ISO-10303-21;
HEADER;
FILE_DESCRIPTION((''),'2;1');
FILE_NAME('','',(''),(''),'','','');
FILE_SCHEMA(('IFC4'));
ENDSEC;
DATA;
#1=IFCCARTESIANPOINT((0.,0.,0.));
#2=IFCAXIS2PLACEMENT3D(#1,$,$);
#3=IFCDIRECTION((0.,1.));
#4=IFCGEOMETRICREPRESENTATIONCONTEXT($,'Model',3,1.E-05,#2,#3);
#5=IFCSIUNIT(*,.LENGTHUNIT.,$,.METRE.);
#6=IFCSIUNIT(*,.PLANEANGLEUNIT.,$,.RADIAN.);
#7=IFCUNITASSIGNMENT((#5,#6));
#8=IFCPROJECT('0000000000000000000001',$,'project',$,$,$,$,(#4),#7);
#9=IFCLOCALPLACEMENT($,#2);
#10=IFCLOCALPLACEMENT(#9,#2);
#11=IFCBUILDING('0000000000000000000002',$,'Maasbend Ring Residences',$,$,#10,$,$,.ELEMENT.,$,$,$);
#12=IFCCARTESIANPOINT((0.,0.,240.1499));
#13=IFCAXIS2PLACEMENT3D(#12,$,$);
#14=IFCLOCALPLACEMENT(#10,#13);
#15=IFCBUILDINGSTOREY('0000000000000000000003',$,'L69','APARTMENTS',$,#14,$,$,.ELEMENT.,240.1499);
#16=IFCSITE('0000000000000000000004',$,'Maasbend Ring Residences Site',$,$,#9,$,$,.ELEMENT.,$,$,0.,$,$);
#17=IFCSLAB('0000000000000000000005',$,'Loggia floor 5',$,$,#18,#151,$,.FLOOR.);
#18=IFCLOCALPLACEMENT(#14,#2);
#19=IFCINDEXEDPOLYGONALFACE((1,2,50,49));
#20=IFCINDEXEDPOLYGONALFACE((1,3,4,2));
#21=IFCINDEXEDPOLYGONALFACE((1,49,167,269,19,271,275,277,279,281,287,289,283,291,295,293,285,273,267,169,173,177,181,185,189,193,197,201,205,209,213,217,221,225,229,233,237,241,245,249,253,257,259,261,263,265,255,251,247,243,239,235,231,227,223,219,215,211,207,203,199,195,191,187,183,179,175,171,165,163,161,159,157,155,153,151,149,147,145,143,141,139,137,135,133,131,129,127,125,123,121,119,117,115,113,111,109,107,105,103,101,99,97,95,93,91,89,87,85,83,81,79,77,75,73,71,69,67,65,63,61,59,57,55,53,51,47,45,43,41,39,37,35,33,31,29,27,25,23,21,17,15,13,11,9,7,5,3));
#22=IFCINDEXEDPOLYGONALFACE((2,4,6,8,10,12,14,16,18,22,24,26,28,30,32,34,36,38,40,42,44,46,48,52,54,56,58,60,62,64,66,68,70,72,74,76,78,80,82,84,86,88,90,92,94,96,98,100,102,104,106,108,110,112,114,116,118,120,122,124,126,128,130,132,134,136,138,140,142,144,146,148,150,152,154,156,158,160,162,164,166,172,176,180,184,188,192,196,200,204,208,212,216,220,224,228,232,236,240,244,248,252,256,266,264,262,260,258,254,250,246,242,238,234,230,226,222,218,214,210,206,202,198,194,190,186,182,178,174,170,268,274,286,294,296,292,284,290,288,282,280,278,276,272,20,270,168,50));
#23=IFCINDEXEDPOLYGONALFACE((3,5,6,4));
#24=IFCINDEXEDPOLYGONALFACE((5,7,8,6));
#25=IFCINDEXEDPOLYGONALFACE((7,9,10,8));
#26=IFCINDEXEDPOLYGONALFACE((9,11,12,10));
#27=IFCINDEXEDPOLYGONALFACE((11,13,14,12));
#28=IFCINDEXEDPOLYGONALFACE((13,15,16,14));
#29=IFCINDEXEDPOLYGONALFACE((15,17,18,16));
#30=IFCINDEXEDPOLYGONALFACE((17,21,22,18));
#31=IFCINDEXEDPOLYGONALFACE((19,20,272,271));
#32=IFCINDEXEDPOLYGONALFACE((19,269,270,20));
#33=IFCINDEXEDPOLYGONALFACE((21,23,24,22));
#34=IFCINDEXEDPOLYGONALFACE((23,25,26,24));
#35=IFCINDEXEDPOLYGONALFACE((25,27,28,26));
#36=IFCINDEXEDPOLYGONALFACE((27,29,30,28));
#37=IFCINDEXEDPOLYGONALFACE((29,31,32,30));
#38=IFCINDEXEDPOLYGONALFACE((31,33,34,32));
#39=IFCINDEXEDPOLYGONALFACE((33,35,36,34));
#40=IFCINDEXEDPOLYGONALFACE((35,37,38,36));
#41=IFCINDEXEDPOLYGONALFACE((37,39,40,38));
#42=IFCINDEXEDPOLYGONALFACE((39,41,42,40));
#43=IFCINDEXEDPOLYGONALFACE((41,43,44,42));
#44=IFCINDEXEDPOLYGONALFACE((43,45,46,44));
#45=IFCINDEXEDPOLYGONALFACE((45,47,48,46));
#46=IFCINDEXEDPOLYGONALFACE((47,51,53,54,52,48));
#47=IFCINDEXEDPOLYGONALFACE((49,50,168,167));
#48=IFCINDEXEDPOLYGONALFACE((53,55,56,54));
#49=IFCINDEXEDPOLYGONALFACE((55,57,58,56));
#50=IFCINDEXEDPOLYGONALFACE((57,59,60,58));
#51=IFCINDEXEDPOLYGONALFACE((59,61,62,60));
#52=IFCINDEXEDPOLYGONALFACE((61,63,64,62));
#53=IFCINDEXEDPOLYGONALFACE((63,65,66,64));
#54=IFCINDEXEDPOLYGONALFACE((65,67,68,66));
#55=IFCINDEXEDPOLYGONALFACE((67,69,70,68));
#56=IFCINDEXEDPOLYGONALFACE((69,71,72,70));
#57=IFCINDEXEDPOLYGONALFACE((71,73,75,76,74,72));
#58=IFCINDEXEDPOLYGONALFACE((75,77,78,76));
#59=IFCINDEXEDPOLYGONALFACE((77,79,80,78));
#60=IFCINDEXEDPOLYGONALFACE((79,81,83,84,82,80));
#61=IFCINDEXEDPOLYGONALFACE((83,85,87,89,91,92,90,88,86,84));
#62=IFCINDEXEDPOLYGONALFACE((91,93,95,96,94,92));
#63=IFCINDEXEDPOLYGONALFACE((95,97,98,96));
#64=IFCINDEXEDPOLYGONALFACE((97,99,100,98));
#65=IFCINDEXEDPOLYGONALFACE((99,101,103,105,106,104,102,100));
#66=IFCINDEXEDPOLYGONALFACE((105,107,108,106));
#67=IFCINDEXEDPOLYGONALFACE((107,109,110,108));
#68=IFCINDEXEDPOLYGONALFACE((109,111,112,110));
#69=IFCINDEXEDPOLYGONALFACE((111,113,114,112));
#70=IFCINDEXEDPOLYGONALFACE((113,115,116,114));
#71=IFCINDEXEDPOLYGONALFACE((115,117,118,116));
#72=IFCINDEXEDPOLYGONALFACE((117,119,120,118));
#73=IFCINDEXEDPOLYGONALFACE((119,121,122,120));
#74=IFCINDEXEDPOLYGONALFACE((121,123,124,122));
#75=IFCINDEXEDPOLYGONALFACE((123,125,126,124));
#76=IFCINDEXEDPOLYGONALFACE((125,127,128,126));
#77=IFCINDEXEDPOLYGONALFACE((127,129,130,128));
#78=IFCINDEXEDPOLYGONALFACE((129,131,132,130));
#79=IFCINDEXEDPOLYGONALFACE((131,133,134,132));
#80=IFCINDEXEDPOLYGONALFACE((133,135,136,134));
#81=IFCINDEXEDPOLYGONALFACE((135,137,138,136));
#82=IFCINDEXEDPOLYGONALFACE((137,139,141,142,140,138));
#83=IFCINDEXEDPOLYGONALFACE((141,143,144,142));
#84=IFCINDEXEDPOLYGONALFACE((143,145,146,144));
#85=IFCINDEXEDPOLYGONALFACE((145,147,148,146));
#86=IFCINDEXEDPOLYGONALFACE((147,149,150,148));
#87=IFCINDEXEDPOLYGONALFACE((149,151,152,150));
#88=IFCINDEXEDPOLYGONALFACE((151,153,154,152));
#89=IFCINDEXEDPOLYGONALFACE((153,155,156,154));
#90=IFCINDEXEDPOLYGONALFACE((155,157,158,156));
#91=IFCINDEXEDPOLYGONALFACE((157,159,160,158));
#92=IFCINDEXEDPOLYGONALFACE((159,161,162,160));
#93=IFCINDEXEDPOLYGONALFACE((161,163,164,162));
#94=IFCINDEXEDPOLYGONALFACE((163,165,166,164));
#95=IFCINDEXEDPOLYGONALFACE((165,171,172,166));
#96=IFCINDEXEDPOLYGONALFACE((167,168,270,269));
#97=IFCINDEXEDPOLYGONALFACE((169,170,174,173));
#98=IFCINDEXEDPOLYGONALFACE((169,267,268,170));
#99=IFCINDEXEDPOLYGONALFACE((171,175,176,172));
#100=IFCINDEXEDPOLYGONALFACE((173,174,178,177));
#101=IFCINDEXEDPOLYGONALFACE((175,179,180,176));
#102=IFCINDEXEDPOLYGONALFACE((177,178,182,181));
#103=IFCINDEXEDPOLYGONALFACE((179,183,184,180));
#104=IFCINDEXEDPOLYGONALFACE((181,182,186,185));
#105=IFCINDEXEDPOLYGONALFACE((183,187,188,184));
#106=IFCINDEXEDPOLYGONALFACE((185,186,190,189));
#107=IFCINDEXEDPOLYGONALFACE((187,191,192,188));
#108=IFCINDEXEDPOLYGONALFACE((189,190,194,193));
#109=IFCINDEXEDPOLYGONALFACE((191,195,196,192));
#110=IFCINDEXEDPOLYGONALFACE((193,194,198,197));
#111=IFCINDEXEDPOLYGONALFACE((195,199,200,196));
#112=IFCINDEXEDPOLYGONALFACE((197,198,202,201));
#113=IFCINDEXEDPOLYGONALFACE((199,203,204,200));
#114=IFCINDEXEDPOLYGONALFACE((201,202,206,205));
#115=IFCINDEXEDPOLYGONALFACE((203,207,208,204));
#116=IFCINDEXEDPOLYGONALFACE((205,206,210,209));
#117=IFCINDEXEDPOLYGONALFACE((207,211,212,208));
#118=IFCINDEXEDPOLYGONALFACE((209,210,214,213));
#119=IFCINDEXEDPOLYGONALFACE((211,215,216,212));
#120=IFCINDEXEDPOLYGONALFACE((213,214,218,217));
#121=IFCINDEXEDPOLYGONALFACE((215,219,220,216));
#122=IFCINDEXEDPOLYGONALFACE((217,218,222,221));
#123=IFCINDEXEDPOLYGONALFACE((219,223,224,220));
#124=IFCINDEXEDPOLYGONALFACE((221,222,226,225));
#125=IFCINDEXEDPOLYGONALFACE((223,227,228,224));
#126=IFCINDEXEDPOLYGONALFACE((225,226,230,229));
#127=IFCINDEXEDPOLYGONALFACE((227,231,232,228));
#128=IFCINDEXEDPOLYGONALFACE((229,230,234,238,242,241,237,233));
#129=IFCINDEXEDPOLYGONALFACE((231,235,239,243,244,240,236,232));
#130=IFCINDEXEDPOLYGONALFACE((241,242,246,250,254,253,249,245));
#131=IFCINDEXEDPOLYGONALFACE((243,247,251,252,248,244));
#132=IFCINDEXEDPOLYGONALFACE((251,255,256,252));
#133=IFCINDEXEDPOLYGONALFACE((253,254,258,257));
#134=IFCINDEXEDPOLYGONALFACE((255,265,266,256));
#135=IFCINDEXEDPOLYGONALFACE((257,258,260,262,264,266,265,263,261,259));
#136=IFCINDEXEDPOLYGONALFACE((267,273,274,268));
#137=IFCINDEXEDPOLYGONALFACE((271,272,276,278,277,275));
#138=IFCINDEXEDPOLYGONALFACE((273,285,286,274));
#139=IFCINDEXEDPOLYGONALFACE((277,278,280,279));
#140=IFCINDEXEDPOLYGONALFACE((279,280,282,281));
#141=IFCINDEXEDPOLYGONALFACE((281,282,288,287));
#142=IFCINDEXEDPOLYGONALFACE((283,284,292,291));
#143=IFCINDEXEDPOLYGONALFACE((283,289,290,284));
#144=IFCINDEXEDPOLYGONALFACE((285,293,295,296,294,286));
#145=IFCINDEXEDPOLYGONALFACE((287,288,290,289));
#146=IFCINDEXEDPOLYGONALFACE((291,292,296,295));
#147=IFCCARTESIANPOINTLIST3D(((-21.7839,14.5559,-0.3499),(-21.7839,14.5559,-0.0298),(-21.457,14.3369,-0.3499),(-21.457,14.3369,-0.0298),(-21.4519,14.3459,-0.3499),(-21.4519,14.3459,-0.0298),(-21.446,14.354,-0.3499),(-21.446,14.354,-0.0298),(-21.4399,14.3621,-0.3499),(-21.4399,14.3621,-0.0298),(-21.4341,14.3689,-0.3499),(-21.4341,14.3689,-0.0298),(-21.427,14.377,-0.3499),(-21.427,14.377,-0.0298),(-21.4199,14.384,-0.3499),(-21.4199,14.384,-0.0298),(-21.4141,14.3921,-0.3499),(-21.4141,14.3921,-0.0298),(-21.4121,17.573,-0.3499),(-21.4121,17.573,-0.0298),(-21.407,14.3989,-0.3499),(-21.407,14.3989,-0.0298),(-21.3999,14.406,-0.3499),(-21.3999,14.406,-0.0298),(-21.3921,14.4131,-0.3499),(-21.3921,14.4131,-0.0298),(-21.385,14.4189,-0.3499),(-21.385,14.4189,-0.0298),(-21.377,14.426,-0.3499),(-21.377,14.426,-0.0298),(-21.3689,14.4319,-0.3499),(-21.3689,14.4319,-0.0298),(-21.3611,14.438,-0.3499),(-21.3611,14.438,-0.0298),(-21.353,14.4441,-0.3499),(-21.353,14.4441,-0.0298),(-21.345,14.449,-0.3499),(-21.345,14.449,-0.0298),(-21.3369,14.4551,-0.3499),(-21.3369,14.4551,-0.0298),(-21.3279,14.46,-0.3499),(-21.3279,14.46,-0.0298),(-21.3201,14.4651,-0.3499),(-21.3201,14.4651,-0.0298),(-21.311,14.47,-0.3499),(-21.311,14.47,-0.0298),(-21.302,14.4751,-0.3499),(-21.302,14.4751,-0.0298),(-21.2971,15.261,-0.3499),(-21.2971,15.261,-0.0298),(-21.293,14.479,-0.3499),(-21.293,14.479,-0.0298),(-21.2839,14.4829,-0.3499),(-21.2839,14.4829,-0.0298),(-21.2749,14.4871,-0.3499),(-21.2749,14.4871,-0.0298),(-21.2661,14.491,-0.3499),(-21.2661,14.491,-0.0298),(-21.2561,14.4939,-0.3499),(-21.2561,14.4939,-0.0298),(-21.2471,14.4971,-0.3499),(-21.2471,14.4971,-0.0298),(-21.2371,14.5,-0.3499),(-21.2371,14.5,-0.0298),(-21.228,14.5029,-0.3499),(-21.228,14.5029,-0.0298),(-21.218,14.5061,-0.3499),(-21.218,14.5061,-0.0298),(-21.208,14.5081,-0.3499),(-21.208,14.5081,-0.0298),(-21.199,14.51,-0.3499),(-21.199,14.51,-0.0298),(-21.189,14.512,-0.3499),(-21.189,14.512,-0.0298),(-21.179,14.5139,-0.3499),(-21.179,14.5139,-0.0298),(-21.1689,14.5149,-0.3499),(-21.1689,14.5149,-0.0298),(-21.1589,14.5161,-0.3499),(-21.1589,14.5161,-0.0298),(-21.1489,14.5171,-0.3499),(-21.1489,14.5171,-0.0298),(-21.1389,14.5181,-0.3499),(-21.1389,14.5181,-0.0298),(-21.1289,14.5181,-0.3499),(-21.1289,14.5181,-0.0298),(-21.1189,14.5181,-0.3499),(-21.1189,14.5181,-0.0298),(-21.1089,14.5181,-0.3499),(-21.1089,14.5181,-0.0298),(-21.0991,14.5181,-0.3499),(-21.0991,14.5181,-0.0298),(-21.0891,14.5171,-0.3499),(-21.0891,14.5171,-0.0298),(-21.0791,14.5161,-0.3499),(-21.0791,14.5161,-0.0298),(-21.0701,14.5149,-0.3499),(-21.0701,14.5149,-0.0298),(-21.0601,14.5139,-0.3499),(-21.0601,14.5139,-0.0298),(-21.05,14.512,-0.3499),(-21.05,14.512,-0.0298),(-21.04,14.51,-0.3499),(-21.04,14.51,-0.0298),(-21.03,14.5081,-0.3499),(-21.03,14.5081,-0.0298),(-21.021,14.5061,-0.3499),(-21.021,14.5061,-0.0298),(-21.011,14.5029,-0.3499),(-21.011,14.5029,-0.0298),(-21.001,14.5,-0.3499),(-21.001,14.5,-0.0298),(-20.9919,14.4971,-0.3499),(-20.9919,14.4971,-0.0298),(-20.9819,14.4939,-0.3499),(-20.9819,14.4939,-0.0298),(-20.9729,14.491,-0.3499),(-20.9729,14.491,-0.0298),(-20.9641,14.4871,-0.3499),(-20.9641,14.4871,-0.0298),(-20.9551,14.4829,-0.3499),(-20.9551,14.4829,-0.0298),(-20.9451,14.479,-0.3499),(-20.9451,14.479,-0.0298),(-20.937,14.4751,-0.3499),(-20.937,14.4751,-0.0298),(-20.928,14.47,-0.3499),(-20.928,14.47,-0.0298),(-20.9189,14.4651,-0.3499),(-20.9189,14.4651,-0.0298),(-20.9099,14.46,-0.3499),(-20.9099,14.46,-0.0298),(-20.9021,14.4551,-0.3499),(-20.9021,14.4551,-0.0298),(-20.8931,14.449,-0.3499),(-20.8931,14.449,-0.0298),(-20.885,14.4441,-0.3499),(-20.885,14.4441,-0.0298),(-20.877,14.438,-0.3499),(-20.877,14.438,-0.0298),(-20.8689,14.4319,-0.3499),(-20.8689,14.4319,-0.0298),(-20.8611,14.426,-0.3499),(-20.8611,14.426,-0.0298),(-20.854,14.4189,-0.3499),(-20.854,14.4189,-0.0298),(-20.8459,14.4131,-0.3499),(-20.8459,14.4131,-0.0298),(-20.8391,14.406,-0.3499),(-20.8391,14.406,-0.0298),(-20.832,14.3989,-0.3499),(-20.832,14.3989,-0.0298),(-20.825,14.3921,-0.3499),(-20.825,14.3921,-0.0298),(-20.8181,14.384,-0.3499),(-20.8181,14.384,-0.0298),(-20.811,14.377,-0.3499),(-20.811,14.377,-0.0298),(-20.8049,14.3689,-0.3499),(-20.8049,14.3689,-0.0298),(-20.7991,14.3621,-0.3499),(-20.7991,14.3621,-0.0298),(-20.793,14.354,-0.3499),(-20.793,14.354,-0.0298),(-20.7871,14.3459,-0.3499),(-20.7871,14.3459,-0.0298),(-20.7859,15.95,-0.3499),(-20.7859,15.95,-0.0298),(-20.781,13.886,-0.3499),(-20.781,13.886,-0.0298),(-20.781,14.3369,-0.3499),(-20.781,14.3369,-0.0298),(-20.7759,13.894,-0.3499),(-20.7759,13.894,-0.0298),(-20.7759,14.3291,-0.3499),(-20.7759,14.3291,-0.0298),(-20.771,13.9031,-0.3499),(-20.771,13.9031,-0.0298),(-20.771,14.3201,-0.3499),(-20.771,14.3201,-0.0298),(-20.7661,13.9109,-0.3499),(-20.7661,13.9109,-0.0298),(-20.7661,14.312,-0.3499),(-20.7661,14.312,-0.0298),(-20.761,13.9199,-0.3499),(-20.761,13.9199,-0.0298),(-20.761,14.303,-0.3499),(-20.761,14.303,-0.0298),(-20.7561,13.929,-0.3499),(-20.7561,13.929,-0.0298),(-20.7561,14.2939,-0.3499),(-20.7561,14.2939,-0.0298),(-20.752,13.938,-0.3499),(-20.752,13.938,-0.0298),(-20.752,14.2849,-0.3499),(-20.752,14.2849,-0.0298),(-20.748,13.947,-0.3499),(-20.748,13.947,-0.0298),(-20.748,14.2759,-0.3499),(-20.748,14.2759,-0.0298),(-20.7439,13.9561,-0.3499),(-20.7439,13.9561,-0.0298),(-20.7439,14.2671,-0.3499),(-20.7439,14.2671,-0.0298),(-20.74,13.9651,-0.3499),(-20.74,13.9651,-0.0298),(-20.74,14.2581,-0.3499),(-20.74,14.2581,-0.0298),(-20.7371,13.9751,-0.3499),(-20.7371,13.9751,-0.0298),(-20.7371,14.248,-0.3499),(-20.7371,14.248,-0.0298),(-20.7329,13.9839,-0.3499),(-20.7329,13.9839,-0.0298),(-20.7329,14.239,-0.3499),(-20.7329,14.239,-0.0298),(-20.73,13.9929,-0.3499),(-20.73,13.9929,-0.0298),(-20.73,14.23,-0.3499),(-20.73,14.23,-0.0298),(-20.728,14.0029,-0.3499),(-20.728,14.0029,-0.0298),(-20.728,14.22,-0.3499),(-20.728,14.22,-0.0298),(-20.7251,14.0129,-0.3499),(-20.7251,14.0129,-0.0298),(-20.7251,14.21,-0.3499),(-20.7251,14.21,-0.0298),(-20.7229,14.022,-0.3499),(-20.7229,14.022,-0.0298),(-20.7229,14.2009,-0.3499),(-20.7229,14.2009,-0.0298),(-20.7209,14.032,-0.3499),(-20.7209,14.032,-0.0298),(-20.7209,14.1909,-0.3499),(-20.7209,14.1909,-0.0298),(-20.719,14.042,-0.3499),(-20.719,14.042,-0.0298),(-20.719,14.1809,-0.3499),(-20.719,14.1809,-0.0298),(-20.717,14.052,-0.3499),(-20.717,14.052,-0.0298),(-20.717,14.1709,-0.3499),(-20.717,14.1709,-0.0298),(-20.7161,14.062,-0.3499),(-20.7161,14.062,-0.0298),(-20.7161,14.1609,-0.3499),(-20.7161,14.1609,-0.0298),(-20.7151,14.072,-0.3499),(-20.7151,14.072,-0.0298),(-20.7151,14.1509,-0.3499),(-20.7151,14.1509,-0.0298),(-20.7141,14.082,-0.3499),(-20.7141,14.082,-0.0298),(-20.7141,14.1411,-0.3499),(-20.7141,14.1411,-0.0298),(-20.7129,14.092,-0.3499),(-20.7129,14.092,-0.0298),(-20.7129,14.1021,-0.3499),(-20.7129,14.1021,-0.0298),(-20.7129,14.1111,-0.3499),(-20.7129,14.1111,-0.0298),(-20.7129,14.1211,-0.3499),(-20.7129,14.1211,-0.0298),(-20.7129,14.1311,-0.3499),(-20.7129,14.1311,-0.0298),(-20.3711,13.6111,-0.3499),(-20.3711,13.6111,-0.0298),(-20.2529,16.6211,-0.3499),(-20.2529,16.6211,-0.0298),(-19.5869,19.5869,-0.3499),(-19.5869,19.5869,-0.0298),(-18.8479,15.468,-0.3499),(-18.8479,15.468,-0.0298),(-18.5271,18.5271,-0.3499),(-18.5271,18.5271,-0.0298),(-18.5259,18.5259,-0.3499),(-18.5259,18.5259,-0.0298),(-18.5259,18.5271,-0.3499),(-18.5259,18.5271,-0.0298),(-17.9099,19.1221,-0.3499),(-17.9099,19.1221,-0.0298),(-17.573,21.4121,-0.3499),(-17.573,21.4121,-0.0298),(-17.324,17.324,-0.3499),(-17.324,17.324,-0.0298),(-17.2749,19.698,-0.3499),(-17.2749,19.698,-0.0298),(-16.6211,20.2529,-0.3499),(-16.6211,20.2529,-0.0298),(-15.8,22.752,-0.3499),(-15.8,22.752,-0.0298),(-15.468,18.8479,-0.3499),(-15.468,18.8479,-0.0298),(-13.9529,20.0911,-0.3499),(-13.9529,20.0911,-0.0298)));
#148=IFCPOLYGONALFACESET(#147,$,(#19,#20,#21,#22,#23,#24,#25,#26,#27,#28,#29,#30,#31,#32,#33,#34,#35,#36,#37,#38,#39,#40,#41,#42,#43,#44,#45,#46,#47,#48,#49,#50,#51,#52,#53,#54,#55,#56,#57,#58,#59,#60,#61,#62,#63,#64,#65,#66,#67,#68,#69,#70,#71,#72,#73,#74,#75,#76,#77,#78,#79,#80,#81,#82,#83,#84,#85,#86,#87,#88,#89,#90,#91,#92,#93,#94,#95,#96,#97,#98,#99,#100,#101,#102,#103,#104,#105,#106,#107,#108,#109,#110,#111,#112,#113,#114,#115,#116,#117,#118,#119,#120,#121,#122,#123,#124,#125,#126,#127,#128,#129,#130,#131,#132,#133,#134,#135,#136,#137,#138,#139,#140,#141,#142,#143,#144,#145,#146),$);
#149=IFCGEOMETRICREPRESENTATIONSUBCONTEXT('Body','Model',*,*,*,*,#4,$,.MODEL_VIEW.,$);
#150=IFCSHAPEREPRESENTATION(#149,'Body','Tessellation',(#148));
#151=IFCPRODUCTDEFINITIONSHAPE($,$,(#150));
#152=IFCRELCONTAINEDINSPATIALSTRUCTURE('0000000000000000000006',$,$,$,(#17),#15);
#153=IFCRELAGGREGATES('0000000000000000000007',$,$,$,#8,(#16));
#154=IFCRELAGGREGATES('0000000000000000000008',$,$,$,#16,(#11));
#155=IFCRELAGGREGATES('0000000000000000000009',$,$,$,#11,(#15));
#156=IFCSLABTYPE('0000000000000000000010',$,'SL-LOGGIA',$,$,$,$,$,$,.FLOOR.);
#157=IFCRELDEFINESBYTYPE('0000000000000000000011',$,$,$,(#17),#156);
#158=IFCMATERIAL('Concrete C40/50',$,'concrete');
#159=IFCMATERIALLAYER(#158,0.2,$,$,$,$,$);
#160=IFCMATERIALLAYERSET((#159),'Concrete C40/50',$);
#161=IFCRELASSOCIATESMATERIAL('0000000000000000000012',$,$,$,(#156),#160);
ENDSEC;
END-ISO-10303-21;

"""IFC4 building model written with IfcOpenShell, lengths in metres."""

from ifc_helpers import new_model, si_unit, direction, frame, origin, place, context, subcontext, project, spatial, polyline, outline, extrude, material, layer, layer_set, type_object, element, save


model = new_model("IFC4")

# Units and contexts
model_context = context("Model", 3, precision=1e-05, world=origin(), true_north=direction((0.0, 1.0)))
body_context = subcontext(model_context, "Body", "Model", "MODEL_VIEW")
ifc_project = project(units=[si_unit("LENGTHUNIT", "METRE"), si_unit("PLANEANGLEUNIT", "RADIAN")], contexts=[model_context])

# Site, building, storey
site_placement = place(None, origin())
site = spatial("IfcSite", under=ifc_project, at=site_placement, Name="Maasbend Ring Residences Site", CompositionType="ELEMENT", RefElevation=0.0)
building_placement = place(site_placement, origin())
building = spatial("IfcBuilding", under=site, at=building_placement, Name="Maasbend Ring Residences", CompositionType="ELEMENT")
storey_placement = place(building_placement, frame((0.0, 0.0, 240.1499)))
storey = spatial("IfcBuildingStorey", under=building, at=storey_placement, Name="L69", Description="APARTMENTS", CompositionType="ELEMENT", Elevation=240.1499)

# Slab
ifc_material_1 = material(Name="Concrete C40/50", Category="concrete")
ifc_layer_1 = layer(ifc_material_1, 0.2)
ifc_layer_set_1 = layer_set([ifc_layer_1], Name="Concrete C40/50")
slab_type_1 = type_object("IfcSlabType", Name="SL-LOGGIA", PredefinedType="FLOOR", material=ifc_layer_set_1)
slab_1_placement = place(storey_placement, frame((0.0, 0.0, -0.3499)))
element("IfcSlab", 1, at=slab_1_placement, inside=storey, type_object=slab_type_1, Name="Loggia floor 5", PredefinedType="FLOOR", context=body_context, shape_type="SweptSolid", body=[
    extrude(outline(polyline([(-20.7859, 15.95), (-20.2529, 16.6211), (-20.2529, 16.6211), (-20.2529, 16.6211), (-20.2529, 16.6211), (-20.2529, 16.6211), (-20.2529, 16.6211), (-20.2529, 16.6211), (-20.2529, 16.6211), (-20.2529, 16.6211), (-20.2529, 16.6211), (-20.2529, 16.6211), (-20.2529, 16.6211), (-20.2529, 16.6211), (-20.2529, 16.6211), (-20.2529, 16.6211), (-20.2529, 16.6211), (-20.2529, 16.6211), (-21.4121, 17.573), (-19.5869, 19.5869), (-18.5271, 18.5271), (-18.5271, 18.5271), (-18.5259, 18.5259), (-18.5259, 18.5259), (-18.5259, 18.5259), (-18.5259, 18.5259), (-18.5259, 18.5259), (-18.5259, 18.5259), (-18.5259, 18.5259), (-18.5259, 18.5259), (-18.5259, 18.5259), (-18.5259, 18.5259), (-18.5259, 18.5259), (-18.5259, 18.5259), (-18.5259, 18.5259), (-18.5259, 18.5271), (-18.5259, 18.5271), (-17.9099, 19.1221), (-17.2749, 19.698), (-16.6211, 20.2529), (-16.6211, 20.2529), (-16.6211, 20.2529), (-16.6211, 20.2529), (-16.6211, 20.2529), (-16.6211, 20.2529), (-16.6211, 20.2529), (-16.6211, 20.2529), (-16.6211, 20.2529), (-16.6211, 20.2529), (-16.6211, 20.2529), (-16.6211, 20.2529), (-16.6211, 20.2529), (-16.6211, 20.2529), (-16.6211, 20.2529), (-16.6211, 20.2529), (-16.6211, 20.2529), (-17.573, 21.4121), (-15.8, 22.752), (-13.9529, 20.0911), (-15.468, 18.8479), (-17.324, 17.324), (-17.324, 17.324), (-17.324, 17.324), (-18.8479, 15.468), (-20.3711, 13.6111), (-20.781, 13.886), (-20.7759, 13.894), (-20.771, 13.9031), (-20.7661, 13.9109), (-20.761, 13.9199), (-20.7561, 13.929), (-20.752, 13.938), (-20.748, 13.947), (-20.7439, 13.9561), (-20.74, 13.9651), (-20.7371, 13.9751), (-20.7329, 13.9839), (-20.73, 13.9929), (-20.728, 14.0029), (-20.7251, 14.0129), (-20.7229, 14.022), (-20.7209, 14.032), (-20.719, 14.042), (-20.717, 14.052), (-20.7161, 14.062), (-20.7151, 14.072), (-20.7141, 14.082), (-20.7129, 14.092), (-20.7129, 14.1021), (-20.7129, 14.1111), (-20.7129, 14.1211), (-20.7129, 14.1311), (-20.7141, 14.1411), (-20.7151, 14.1509), (-20.7161, 14.1609), (-20.717, 14.1709), (-20.719, 14.1809), (-20.7209, 14.1909), (-20.7229, 14.2009), (-20.7251, 14.21), (-20.728, 14.22), (-20.73, 14.23), (-20.7329, 14.239), (-20.7371, 14.248), (-20.74, 14.2581), (-20.7439, 14.2671), (-20.748, 14.2759), (-20.752, 14.2849), (-20.7561, 14.2939), (-20.761, 14.303), (-20.7661, 14.312), (-20.771, 14.3201), (-20.7759, 14.3291), (-20.781, 14.3369), (-20.7871, 14.3459), (-20.793, 14.354), (-20.7991, 14.3621), (-20.8049, 14.3689), (-20.811, 14.377), (-20.8181, 14.384), (-20.825, 14.3921), (-20.832, 14.3989), (-20.8391, 14.406), (-20.8459, 14.4131), (-20.854, 14.4189), (-20.8611, 14.426), (-20.8689, 14.4319), (-20.877, 14.438), (-20.885, 14.4441), (-20.8931, 14.449), (-20.9021, 14.4551), (-20.9099, 14.46), (-20.9189, 14.4651), (-20.928, 14.47), (-20.937, 14.4751), (-20.9451, 14.479), (-20.9551, 14.4829), (-20.9641, 14.4871), (-20.9729, 14.491), (-20.9819, 14.4939), (-20.9919, 14.4971), (-21.001, 14.5), (-21.011, 14.5029), (-21.021, 14.5061), (-21.03, 14.5081), (-21.04, 14.51), (-21.05, 14.512), (-21.0601, 14.5139), (-21.0701, 14.5149), (-21.0791, 14.5161), (-21.0891, 14.5171), (-21.0991, 14.5181), (-21.1089, 14.5181), (-21.1189, 14.5181), (-21.1289, 14.5181), (-21.1389, 14.5181), (-21.1489, 14.5171), (-21.1589, 14.5161), (-21.1689, 14.5149), (-21.179, 14.5139), (-21.189, 14.512), (-21.199, 14.51), (-21.208, 14.5081), (-21.218, 14.5061), (-21.228, 14.5029), (-21.2371, 14.5), (-21.2471, 14.4971), (-21.2561, 14.4939), (-21.2661, 14.491), (-21.2749, 14.4871), (-21.2839, 14.4829), (-21.293, 14.479), (-21.302, 14.4751), (-21.311, 14.47), (-21.3201, 14.4651), (-21.3279, 14.46), (-21.3369, 14.4551), (-21.345, 14.449), (-21.353, 14.4441), (-21.3611, 14.438), (-21.3689, 14.4319), (-21.377, 14.426), (-21.385, 14.4189), (-21.3921, 14.4131), (-21.3999, 14.406), (-21.407, 14.3989), (-21.4141, 14.3921), (-21.4199, 14.384), (-21.427, 14.377), (-21.4341, 14.3689), (-21.4399, 14.3621), (-21.446, 14.354), (-21.4519, 14.3459), (-21.457, 14.3369), (-21.7839, 14.5559), (-21.2971, 15.261), (-20.7859, 15.95)])), origin(), (0.0, 0.0, 1.0), 0.3201),
])

save(model, "model.ifc")
